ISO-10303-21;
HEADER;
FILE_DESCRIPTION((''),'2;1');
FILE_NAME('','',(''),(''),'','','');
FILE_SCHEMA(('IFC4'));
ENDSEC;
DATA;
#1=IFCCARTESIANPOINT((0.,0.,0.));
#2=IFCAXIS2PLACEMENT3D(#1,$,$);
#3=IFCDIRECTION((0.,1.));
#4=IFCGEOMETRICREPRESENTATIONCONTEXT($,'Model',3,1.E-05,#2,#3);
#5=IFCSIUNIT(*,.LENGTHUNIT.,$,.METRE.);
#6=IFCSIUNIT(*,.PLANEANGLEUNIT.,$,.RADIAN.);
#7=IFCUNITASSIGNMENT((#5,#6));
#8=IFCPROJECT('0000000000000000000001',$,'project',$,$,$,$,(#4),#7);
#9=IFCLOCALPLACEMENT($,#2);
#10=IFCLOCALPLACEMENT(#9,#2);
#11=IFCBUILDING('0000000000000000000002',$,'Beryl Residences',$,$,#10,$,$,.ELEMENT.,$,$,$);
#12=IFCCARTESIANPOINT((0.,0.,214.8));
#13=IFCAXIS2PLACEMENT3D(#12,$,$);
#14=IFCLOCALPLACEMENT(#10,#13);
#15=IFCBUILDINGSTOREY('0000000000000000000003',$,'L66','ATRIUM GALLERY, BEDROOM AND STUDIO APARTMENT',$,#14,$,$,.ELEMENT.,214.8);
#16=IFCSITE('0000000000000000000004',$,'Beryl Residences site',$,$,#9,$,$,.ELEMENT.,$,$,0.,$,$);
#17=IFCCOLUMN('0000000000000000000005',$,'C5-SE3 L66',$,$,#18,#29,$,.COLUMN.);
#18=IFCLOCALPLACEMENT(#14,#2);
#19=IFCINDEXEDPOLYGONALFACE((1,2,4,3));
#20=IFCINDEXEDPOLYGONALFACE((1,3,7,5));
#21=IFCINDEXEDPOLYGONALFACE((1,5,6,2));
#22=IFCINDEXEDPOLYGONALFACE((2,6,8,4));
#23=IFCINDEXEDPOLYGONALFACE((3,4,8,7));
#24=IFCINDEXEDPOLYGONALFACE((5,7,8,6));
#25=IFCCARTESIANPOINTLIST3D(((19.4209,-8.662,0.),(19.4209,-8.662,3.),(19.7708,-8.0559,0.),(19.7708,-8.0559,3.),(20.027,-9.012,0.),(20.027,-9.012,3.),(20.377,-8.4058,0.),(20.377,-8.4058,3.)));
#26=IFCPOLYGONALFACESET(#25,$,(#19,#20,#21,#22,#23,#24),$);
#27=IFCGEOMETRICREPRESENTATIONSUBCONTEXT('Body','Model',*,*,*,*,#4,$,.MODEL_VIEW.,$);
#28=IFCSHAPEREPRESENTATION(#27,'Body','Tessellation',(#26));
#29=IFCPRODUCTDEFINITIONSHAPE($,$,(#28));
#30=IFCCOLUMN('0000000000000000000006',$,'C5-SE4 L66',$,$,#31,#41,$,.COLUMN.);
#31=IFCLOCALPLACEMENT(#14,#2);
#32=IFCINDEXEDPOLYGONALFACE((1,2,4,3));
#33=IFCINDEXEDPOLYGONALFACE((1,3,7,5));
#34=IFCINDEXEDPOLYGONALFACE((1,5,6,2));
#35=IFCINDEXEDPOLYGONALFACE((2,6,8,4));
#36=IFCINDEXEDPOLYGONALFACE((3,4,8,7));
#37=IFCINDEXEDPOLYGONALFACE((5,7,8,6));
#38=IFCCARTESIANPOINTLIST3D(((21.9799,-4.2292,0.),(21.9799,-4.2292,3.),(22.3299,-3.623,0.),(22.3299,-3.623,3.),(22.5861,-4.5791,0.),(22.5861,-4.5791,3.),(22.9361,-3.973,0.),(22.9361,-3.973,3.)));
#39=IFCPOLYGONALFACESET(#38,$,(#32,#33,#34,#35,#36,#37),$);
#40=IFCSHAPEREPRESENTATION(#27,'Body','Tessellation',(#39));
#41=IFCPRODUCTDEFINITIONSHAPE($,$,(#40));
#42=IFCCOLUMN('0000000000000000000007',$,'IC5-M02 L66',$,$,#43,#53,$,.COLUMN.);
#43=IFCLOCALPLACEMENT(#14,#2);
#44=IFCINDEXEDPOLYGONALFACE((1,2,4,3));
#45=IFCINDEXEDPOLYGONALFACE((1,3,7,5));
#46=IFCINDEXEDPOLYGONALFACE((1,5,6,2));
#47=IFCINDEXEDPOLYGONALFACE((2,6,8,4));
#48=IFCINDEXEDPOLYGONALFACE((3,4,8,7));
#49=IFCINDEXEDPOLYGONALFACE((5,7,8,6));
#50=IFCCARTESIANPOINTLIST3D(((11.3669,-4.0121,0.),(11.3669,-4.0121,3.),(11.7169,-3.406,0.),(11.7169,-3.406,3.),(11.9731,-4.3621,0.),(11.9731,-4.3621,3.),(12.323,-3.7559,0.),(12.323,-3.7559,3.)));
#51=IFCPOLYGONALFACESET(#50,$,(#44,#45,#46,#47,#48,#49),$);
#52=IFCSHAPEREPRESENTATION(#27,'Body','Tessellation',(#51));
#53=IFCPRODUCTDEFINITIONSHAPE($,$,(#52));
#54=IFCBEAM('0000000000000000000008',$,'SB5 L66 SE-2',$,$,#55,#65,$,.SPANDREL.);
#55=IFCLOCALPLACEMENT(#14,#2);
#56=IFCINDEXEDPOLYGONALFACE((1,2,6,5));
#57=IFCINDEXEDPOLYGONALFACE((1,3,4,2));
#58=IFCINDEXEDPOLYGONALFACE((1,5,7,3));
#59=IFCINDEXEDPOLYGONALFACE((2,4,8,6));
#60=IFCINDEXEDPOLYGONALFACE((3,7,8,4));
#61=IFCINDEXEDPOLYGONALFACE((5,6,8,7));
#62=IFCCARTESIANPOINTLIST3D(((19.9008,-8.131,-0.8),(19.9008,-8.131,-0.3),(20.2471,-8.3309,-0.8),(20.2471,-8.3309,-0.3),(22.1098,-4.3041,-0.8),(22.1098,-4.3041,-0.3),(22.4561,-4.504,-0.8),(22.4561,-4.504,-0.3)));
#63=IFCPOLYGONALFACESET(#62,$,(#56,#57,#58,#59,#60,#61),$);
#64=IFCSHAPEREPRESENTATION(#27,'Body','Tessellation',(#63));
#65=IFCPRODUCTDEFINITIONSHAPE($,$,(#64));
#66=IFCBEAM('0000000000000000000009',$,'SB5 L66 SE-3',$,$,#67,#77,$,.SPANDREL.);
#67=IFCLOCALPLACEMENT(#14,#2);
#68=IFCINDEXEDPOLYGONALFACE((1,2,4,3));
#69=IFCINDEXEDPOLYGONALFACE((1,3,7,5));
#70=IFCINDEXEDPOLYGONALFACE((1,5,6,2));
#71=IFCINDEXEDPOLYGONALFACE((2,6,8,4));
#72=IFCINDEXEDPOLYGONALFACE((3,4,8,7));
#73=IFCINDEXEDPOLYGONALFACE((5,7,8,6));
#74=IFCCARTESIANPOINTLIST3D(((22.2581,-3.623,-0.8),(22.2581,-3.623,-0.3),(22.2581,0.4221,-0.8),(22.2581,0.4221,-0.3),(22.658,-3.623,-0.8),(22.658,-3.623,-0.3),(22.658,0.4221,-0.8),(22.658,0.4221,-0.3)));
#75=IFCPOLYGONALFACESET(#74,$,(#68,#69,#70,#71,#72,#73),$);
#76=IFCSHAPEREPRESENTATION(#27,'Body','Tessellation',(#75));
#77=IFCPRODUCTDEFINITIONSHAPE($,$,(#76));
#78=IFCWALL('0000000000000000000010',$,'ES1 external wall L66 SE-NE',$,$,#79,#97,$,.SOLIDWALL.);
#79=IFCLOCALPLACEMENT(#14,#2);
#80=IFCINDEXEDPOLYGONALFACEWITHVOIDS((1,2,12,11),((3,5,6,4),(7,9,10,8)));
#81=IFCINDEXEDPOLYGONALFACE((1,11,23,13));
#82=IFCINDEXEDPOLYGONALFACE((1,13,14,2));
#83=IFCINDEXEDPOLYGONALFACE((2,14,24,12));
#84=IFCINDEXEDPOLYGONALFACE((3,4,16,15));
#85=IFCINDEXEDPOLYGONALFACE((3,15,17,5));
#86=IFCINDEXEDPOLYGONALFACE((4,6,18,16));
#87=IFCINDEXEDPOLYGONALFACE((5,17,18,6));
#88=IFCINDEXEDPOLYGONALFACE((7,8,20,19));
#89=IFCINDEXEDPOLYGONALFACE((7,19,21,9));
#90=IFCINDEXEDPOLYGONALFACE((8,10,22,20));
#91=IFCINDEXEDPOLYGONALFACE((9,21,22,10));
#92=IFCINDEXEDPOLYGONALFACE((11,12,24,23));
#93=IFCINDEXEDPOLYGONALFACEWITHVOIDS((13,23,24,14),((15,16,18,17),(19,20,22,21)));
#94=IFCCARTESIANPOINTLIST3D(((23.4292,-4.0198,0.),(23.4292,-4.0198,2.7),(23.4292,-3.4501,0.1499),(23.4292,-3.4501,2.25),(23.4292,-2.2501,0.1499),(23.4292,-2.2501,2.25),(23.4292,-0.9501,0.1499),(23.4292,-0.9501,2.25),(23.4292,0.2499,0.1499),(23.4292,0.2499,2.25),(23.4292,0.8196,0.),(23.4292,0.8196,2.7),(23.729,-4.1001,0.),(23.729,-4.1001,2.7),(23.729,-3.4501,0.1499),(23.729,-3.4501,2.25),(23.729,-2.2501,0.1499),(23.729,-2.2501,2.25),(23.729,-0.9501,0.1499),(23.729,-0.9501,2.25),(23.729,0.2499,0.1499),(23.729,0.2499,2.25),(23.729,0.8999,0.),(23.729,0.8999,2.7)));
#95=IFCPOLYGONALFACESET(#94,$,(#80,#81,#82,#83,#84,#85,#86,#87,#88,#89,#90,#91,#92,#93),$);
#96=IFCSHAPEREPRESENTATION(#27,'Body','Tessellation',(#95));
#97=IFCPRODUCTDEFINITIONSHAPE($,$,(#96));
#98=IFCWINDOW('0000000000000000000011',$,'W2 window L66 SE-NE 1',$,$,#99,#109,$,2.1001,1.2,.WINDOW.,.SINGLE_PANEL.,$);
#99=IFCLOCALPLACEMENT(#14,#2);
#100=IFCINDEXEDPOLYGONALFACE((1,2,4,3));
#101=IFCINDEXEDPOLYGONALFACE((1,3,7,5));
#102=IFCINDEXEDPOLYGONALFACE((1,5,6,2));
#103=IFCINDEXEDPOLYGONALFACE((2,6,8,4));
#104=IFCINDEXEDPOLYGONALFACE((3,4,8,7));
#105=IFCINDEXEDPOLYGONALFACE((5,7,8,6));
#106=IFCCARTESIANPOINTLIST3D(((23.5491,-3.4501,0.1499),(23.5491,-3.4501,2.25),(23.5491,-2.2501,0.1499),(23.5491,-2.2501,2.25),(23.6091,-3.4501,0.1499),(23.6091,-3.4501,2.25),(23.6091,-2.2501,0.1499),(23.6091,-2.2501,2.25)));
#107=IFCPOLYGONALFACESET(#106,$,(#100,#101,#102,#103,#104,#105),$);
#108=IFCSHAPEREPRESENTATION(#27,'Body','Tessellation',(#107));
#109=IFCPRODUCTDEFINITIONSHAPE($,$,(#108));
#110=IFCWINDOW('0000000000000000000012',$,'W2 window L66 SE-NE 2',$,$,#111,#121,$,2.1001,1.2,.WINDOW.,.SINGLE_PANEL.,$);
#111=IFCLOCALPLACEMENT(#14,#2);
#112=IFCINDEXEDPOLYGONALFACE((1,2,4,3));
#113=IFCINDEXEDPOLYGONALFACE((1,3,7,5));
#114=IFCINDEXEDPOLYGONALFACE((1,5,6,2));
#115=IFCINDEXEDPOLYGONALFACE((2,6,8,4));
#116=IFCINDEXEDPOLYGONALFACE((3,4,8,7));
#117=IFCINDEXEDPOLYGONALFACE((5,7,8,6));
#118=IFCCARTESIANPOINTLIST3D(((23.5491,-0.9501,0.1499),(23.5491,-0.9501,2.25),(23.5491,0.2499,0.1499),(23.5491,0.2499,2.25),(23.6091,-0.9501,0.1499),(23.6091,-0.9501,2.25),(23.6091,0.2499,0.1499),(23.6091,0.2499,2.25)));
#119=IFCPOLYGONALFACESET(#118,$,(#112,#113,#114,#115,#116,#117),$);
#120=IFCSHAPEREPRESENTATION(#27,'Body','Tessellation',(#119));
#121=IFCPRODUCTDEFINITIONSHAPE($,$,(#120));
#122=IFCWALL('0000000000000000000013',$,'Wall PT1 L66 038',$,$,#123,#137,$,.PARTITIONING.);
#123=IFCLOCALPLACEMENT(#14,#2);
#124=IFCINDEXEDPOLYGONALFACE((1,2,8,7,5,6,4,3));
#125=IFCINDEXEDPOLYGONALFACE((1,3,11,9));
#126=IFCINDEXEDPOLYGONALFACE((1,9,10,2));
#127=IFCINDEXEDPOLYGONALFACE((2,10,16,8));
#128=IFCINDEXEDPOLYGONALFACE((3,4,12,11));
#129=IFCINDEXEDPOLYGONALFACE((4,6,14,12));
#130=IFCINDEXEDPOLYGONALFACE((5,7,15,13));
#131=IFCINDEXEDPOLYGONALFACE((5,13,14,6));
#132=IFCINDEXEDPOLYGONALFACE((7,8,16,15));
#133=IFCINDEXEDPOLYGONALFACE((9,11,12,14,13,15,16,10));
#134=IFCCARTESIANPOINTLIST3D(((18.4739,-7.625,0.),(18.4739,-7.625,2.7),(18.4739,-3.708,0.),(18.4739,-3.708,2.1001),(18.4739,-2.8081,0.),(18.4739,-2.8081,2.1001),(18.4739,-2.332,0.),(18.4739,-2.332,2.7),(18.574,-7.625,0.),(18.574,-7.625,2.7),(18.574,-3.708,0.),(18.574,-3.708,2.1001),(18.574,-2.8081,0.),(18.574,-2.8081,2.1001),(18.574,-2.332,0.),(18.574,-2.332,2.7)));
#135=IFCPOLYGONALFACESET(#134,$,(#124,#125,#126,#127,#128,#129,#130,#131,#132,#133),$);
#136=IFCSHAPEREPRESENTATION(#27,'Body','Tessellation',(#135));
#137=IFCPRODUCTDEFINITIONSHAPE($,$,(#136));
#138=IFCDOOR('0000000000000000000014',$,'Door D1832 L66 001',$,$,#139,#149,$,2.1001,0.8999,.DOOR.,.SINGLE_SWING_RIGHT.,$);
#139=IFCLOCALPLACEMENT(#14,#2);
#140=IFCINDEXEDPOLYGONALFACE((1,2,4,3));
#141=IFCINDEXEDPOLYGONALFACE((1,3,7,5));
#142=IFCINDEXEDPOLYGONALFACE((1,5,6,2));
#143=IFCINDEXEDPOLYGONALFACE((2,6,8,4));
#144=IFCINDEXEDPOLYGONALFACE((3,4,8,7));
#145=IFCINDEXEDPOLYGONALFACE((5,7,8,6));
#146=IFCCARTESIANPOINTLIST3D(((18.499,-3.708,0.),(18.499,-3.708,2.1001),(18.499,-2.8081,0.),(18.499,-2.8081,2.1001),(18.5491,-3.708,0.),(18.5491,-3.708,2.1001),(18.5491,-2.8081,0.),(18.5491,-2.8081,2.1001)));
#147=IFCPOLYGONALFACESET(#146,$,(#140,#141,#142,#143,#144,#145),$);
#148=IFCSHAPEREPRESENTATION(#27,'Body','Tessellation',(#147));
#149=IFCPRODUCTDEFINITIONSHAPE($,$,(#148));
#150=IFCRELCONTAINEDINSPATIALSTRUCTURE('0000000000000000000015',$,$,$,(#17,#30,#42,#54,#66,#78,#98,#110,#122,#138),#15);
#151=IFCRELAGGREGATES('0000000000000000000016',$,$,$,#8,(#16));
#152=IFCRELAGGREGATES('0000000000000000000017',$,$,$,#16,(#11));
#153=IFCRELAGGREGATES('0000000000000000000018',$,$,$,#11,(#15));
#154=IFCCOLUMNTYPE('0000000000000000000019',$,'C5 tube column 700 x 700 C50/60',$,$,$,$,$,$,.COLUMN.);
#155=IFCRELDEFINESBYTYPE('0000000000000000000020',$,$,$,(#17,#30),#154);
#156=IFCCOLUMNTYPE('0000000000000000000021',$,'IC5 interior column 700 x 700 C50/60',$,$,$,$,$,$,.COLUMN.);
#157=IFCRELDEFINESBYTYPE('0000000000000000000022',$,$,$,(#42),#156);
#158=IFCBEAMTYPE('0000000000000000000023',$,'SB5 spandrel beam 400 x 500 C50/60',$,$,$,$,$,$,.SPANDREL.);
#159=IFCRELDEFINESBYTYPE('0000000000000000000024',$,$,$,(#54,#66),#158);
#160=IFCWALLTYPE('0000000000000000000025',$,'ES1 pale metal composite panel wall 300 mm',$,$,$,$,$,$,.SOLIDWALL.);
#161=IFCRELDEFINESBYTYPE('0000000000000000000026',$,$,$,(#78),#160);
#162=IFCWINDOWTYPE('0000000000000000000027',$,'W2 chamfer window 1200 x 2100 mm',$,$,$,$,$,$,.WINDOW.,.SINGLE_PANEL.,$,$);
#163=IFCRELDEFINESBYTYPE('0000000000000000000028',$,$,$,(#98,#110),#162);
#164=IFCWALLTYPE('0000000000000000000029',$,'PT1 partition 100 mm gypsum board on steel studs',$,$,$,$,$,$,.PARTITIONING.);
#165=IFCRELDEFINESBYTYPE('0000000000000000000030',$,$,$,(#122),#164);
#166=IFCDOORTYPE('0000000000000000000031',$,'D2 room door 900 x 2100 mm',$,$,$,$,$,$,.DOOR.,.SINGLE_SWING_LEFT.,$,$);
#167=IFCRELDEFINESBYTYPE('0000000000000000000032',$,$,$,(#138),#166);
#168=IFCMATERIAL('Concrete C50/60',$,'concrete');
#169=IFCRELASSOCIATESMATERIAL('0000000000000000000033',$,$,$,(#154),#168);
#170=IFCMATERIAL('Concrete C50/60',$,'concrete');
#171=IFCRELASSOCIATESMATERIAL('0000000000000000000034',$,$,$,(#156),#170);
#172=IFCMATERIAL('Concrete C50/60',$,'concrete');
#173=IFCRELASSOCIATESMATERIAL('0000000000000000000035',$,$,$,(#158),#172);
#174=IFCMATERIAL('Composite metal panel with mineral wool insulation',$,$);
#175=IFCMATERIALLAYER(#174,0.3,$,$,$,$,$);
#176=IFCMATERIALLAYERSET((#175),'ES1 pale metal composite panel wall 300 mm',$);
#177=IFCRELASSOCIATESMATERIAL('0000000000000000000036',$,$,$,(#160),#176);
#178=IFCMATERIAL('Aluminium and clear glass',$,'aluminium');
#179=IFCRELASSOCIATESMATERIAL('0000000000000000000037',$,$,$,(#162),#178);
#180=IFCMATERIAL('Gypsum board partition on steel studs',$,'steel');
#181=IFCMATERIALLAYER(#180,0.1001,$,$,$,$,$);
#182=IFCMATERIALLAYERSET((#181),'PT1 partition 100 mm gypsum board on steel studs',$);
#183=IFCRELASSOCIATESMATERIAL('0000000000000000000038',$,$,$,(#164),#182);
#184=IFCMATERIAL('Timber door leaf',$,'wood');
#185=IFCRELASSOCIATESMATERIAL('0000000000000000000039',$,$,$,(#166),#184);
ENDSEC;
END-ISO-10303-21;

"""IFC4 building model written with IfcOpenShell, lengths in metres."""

from ifc_helpers import new_model, si_unit, direction, frame, frame_2d, origin, origin_2d, place, context, subcontext, project, spatial, polyline, rectangle, outline, extrude, material, layer, layer_set, material_profile, profile_set, type_object, element, fill, save


model = new_model("IFC4")

# Units and contexts
model_context = context("Model", 3, precision=1e-05, world=origin(), true_north=direction((0.0, 1.0)))
body_context = subcontext(model_context, "Body", "Model", "MODEL_VIEW")
ifc_project = project(units=[si_unit("LENGTHUNIT", "METRE"), si_unit("PLANEANGLEUNIT", "RADIAN")], contexts=[model_context])

# Site, building, storey
site_placement = place(None, origin())
site = spatial("IfcSite", under=ifc_project, at=site_placement, Name="Beryl Residences site", CompositionType="ELEMENT", RefElevation=0.0)
building_placement = place(site_placement, origin())
building = spatial("IfcBuilding", under=site, at=building_placement, Name="Beryl Residences", CompositionType="ELEMENT")
storey_placement = place(building_placement, frame((0.0, 0.0, 214.8)))
storey = spatial("IfcBuildingStorey", under=building, at=storey_placement, Name="L66", Description="ATRIUM GALLERY, BEDROOM AND STUDIO APARTMENT", CompositionType="ELEMENT", Elevation=214.8)

# Columns
ifc_material_1 = material(Name="Concrete C50/60", Category="concrete")
ifc_material_profile_1 = material_profile(ifc_material_1, rectangle(XDim=0.7, YDim=0.7, at=origin_2d()))
ifc_profile_set_1 = profile_set([ifc_material_profile_1], Name="Concrete C50/60")
column_type_1 = type_object("IfcColumnType", Name="C5 tube column 700 x 700 C50/60", PredefinedType="COLUMN", material=ifc_profile_set_1)
for number, where, z_axis, x_axis, name in (
    (1, (19.8989, -8.5339, 0.0), (0.0, 0.0, 1.0), (0.499985, 0.866034, 0.0), "C5-SE3 L66"),
    (2, (22.458, -4.1011, 0.0), (0.0, 0.0, 1.0), (0.499985, 0.866034, 0.0), "C5-SE4 L66"),
):
    element("IfcColumn", number, at=place(storey_placement, frame(where, z_axis=z_axis, x_axis=x_axis)), inside=storey, type_object=column_type_1, Name=name, PredefinedType="COLUMN", context=body_context, shape_type="SweptSolid", body=[
        extrude(rectangle(XDim=0.7, YDim=0.7, at=origin_2d()), origin(), (0.0, 0.0, 1.0), 3.0),
    ])
ifc_material_2 = material(Name="Concrete C50/60", Category="concrete")
ifc_material_profile_2 = material_profile(ifc_material_2, rectangle(XDim=0.7, YDim=0.7, at=origin_2d()))
ifc_profile_set_2 = profile_set([ifc_material_profile_2], Name="Concrete C50/60")
column_type_2 = type_object("IfcColumnType", Name="IC5 interior column 700 x 700 C50/60", PredefinedType="COLUMN", material=ifc_profile_set_2)
column_placement = place(storey_placement, frame((11.845, -3.884, 0.0), z_axis=(0.0, 0.0, 1.0), x_axis=(0.499985, 0.866034, 0.0)))
element("IfcColumn", 3, at=column_placement, inside=storey, type_object=column_type_2, Name="IC5-M02 L66", PredefinedType="COLUMN", context=body_context, shape_type="SweptSolid", body=[
    extrude(rectangle(XDim=0.7, YDim=0.7, at=origin_2d()), origin(), (0.0, 0.0, 1.0), 3.0),
])

# Beams
ifc_material_3 = material(Name="Concrete C50/60", Category="concrete")
ifc_material_profile_3 = material_profile(ifc_material_3, rectangle(XDim=0.3999, YDim=0.5, at=origin_2d()))
ifc_profile_set_3 = profile_set([ifc_material_profile_3], Name="Concrete C50/60")
beam_type = type_object("IfcBeamType", Name="SB5 spandrel beam 400 x 500 C50/60", PredefinedType="SPANDREL", material=ifc_profile_set_3)
beam_1_placement = place(storey_placement, frame((20.074, -8.231, -0.55), z_axis=(0.499919, 0.866072, 0.0), x_axis=(-0.866072, 0.499919, 0.0)))
element("IfcBeam", 4, at=beam_1_placement, inside=storey, type_object=beam_type, Name="SB5 L66 SE-2", PredefinedType="SPANDREL", context=body_context, shape_type="SweptSolid", body=[
    extrude(rectangle(XDim=0.3999, YDim=0.5, at=origin_2d()), origin(), (0.0, 0.0, 1.0), 4.4187),
])
beam_2_placement = place(storey_placement, frame((22.458, -3.623, -0.55), z_axis=(0.0, 1.0, 0.0), x_axis=(-1.0, 0.0, 0.0)))
element("IfcBeam", 5, at=beam_2_placement, inside=storey, type_object=beam_type, Name="SB5 L66 SE-3", PredefinedType="SPANDREL", context=body_context, shape_type="SweptSolid", body=[
    extrude(rectangle(XDim=0.3999, YDim=0.5, at=origin_2d()), origin(), (0.0, 0.0, 1.0), 4.0452),
])

# Wall, openings, windows
ifc_material_4 = material(Name="Composite metal panel with mineral wool insulation")
ifc_layer_1 = layer(ifc_material_4, 0.3)
ifc_layer_set_1 = layer_set([ifc_layer_1], Name="ES1 pale metal composite panel wall 300 mm")
wall_type_1 = type_object("IfcWallType", Name="ES1 pale metal composite panel wall 300 mm", PredefinedType="SOLIDWALL", material=ifc_layer_set_1)
wall_1_placement = place(storey_placement, frame((23.5791, -4.1001, 0.0), z_axis=(0.0, 0.0, 1.0), x_axis=(0.0, 1.0, 0.0)))
wall_1 = element("IfcWall", 6, at=wall_1_placement, inside=storey, type_object=wall_type_1, Name="ES1 external wall L66 SE-NE", PredefinedType="SOLIDWALL", context=body_context, shape_type="SweptSolid", body=[
    extrude(outline(polyline([(0.0, -0.1499), (5.0, -0.1499), (4.9197, 0.1499), (0.0803, 0.1499), (0.0, -0.1499)])), origin(), (0.0, 0.0, 1.0), 2.7),
])
opening_1_placement = place(wall_1_placement, frame((0.6499, 0.0, 0.1499)))
opening_1 = element("IfcOpeningElement", 7, at=opening_1_placement, cuts=wall_1, PredefinedType="OPENING", context=body_context, shape_type="SweptSolid", body=[
    extrude(rectangle(XDim=1.2, YDim=2.1001, at=frame_2d((0.6001, 1.05))), frame((0.0, 0.1599, 0.0), z_axis=(0.0, -1.0, 0.0), x_axis=(1.0, 0.0, 0.0)), (0.0, 0.0, 1.0), 0.3201),
])
opening_2_placement = place(wall_1_placement, frame((3.1499, 0.0, 0.1499)))
opening_2 = element("IfcOpeningElement", 8, at=opening_2_placement, cuts=wall_1, PredefinedType="OPENING", context=body_context, shape_type="SweptSolid", body=[
    extrude(rectangle(XDim=1.2, YDim=2.1001, at=frame_2d((0.6001, 1.05))), frame((0.0, 0.1599, 0.0), z_axis=(0.0, -1.0, 0.0), x_axis=(1.0, 0.0, 0.0)), (0.0, 0.0, 1.0), 0.3201),
])
ifc_material_5 = material(Name="Aluminium and clear glass", Category="aluminium")
window_type = type_object("IfcWindowType", Name="W2 chamfer window 1200 x 2100 mm", PartitioningType="SINGLE_PANEL", PredefinedType="WINDOW", material=ifc_material_5)
window_1_placement = place(opening_1_placement, origin())
window_1 = element("IfcWindow", 9, at=window_1_placement, inside=storey, type_object=window_type, Name="W2 window L66 SE-NE 1", OverallHeight=2.1001, OverallWidth=1.2, PartitioningType="SINGLE_PANEL", PredefinedType="WINDOW", context=body_context, shape_type="SweptSolid", body=[
    extrude(rectangle(XDim=1.2, YDim=2.1001, at=frame_2d((0.6001, 1.05))), frame((0.0, 0.03, 0.0), z_axis=(0.0, -1.0, 0.0), x_axis=(1.0, 0.0, 0.0)), (0.0, 0.0, 1.0), 0.0601),
])
fill(opening_1, window_1)
window_2_placement = place(opening_2_placement, origin())
window_2 = element("IfcWindow", 10, at=window_2_placement, inside=storey, type_object=window_type, Name="W2 window L66 SE-NE 2", OverallHeight=2.1001, OverallWidth=1.2, PartitioningType="SINGLE_PANEL", PredefinedType="WINDOW", context=body_context, shape_type="SweptSolid", body=[
    extrude(rectangle(XDim=1.2, YDim=2.1001, at=frame_2d((0.6001, 1.05))), frame((0.0, 0.03, 0.0), z_axis=(0.0, -1.0, 0.0), x_axis=(1.0, 0.0, 0.0)), (0.0, 0.0, 1.0), 0.0601),
])
fill(opening_2, window_2)

# Wall, opening, door
ifc_material_6 = material(Name="Gypsum board partition on steel studs", Category="steel")
ifc_layer_2 = layer(ifc_material_6, 0.1001)
ifc_layer_set_2 = layer_set([ifc_layer_2], Name="PT1 partition 100 mm gypsum board on steel studs")
wall_type_2 = type_object("IfcWallType", Name="PT1 partition 100 mm gypsum board on steel studs", PredefinedType="PARTITIONING", material=ifc_layer_set_2)
wall_2_placement = place(storey_placement, frame((18.5239, -7.625, 0.0), z_axis=(0.0, 0.0, 1.0), x_axis=(0.0, 1.0, 0.0)))
wall_2 = element("IfcWall", 11, at=wall_2_placement, inside=storey, type_object=wall_type_2, Name="Wall PT1 L66 038", PredefinedType="PARTITIONING", context=body_context, shape_type="SweptSolid", body=[
    extrude(rectangle(XDim=5.293, YDim=0.1001, at=frame_2d((2.6465, 0.0))), origin(), (0.0, 0.0, 1.0), 2.7),
])
opening_3_placement = place(wall_2_placement, frame((3.917, 0.0, 0.0)))
opening_3 = element("IfcOpeningElement", 12, at=opening_3_placement, cuts=wall_2, PredefinedType="OPENING", context=body_context, shape_type="SweptSolid", body=[
    extrude(rectangle(XDim=0.8999, YDim=2.1001, at=frame_2d((0.45, 1.05))), frame((0.0, 0.0601, 0.0), z_axis=(0.0, -1.0, 0.0), x_axis=(1.0, 0.0, 0.0)), (0.0, 0.0, 1.0), 0.1201),
])
ifc_material_7 = material(Name="Timber door leaf", Category="wood")
door_type_1 = type_object("IfcDoorType", Name="D2 room door 900 x 2100 mm", OperationType="SINGLE_SWING_LEFT", PredefinedType="DOOR", material=ifc_material_7)
door_1_placement = place(opening_3_placement, origin())
door_1 = element("IfcDoor", 13, at=door_1_placement, inside=storey, type_object=door_type_1, Name="Door D1832 L66 001", OperationType="SINGLE_SWING_RIGHT", OverallHeight=2.1001, OverallWidth=0.8999, PredefinedType="DOOR", context=body_context, shape_type="SweptSolid", body=[
    extrude(rectangle(XDim=0.8999, YDim=2.1001, at=frame_2d((0.45, 1.05))), frame((0.0, 0.0249, 0.0), z_axis=(0.0, -1.0, 0.0), x_axis=(1.0, 0.0, 0.0)), (0.0, 0.0, 1.0), 0.05),
])
fill(opening_3, door_1)

save(model, "model.ifc")
